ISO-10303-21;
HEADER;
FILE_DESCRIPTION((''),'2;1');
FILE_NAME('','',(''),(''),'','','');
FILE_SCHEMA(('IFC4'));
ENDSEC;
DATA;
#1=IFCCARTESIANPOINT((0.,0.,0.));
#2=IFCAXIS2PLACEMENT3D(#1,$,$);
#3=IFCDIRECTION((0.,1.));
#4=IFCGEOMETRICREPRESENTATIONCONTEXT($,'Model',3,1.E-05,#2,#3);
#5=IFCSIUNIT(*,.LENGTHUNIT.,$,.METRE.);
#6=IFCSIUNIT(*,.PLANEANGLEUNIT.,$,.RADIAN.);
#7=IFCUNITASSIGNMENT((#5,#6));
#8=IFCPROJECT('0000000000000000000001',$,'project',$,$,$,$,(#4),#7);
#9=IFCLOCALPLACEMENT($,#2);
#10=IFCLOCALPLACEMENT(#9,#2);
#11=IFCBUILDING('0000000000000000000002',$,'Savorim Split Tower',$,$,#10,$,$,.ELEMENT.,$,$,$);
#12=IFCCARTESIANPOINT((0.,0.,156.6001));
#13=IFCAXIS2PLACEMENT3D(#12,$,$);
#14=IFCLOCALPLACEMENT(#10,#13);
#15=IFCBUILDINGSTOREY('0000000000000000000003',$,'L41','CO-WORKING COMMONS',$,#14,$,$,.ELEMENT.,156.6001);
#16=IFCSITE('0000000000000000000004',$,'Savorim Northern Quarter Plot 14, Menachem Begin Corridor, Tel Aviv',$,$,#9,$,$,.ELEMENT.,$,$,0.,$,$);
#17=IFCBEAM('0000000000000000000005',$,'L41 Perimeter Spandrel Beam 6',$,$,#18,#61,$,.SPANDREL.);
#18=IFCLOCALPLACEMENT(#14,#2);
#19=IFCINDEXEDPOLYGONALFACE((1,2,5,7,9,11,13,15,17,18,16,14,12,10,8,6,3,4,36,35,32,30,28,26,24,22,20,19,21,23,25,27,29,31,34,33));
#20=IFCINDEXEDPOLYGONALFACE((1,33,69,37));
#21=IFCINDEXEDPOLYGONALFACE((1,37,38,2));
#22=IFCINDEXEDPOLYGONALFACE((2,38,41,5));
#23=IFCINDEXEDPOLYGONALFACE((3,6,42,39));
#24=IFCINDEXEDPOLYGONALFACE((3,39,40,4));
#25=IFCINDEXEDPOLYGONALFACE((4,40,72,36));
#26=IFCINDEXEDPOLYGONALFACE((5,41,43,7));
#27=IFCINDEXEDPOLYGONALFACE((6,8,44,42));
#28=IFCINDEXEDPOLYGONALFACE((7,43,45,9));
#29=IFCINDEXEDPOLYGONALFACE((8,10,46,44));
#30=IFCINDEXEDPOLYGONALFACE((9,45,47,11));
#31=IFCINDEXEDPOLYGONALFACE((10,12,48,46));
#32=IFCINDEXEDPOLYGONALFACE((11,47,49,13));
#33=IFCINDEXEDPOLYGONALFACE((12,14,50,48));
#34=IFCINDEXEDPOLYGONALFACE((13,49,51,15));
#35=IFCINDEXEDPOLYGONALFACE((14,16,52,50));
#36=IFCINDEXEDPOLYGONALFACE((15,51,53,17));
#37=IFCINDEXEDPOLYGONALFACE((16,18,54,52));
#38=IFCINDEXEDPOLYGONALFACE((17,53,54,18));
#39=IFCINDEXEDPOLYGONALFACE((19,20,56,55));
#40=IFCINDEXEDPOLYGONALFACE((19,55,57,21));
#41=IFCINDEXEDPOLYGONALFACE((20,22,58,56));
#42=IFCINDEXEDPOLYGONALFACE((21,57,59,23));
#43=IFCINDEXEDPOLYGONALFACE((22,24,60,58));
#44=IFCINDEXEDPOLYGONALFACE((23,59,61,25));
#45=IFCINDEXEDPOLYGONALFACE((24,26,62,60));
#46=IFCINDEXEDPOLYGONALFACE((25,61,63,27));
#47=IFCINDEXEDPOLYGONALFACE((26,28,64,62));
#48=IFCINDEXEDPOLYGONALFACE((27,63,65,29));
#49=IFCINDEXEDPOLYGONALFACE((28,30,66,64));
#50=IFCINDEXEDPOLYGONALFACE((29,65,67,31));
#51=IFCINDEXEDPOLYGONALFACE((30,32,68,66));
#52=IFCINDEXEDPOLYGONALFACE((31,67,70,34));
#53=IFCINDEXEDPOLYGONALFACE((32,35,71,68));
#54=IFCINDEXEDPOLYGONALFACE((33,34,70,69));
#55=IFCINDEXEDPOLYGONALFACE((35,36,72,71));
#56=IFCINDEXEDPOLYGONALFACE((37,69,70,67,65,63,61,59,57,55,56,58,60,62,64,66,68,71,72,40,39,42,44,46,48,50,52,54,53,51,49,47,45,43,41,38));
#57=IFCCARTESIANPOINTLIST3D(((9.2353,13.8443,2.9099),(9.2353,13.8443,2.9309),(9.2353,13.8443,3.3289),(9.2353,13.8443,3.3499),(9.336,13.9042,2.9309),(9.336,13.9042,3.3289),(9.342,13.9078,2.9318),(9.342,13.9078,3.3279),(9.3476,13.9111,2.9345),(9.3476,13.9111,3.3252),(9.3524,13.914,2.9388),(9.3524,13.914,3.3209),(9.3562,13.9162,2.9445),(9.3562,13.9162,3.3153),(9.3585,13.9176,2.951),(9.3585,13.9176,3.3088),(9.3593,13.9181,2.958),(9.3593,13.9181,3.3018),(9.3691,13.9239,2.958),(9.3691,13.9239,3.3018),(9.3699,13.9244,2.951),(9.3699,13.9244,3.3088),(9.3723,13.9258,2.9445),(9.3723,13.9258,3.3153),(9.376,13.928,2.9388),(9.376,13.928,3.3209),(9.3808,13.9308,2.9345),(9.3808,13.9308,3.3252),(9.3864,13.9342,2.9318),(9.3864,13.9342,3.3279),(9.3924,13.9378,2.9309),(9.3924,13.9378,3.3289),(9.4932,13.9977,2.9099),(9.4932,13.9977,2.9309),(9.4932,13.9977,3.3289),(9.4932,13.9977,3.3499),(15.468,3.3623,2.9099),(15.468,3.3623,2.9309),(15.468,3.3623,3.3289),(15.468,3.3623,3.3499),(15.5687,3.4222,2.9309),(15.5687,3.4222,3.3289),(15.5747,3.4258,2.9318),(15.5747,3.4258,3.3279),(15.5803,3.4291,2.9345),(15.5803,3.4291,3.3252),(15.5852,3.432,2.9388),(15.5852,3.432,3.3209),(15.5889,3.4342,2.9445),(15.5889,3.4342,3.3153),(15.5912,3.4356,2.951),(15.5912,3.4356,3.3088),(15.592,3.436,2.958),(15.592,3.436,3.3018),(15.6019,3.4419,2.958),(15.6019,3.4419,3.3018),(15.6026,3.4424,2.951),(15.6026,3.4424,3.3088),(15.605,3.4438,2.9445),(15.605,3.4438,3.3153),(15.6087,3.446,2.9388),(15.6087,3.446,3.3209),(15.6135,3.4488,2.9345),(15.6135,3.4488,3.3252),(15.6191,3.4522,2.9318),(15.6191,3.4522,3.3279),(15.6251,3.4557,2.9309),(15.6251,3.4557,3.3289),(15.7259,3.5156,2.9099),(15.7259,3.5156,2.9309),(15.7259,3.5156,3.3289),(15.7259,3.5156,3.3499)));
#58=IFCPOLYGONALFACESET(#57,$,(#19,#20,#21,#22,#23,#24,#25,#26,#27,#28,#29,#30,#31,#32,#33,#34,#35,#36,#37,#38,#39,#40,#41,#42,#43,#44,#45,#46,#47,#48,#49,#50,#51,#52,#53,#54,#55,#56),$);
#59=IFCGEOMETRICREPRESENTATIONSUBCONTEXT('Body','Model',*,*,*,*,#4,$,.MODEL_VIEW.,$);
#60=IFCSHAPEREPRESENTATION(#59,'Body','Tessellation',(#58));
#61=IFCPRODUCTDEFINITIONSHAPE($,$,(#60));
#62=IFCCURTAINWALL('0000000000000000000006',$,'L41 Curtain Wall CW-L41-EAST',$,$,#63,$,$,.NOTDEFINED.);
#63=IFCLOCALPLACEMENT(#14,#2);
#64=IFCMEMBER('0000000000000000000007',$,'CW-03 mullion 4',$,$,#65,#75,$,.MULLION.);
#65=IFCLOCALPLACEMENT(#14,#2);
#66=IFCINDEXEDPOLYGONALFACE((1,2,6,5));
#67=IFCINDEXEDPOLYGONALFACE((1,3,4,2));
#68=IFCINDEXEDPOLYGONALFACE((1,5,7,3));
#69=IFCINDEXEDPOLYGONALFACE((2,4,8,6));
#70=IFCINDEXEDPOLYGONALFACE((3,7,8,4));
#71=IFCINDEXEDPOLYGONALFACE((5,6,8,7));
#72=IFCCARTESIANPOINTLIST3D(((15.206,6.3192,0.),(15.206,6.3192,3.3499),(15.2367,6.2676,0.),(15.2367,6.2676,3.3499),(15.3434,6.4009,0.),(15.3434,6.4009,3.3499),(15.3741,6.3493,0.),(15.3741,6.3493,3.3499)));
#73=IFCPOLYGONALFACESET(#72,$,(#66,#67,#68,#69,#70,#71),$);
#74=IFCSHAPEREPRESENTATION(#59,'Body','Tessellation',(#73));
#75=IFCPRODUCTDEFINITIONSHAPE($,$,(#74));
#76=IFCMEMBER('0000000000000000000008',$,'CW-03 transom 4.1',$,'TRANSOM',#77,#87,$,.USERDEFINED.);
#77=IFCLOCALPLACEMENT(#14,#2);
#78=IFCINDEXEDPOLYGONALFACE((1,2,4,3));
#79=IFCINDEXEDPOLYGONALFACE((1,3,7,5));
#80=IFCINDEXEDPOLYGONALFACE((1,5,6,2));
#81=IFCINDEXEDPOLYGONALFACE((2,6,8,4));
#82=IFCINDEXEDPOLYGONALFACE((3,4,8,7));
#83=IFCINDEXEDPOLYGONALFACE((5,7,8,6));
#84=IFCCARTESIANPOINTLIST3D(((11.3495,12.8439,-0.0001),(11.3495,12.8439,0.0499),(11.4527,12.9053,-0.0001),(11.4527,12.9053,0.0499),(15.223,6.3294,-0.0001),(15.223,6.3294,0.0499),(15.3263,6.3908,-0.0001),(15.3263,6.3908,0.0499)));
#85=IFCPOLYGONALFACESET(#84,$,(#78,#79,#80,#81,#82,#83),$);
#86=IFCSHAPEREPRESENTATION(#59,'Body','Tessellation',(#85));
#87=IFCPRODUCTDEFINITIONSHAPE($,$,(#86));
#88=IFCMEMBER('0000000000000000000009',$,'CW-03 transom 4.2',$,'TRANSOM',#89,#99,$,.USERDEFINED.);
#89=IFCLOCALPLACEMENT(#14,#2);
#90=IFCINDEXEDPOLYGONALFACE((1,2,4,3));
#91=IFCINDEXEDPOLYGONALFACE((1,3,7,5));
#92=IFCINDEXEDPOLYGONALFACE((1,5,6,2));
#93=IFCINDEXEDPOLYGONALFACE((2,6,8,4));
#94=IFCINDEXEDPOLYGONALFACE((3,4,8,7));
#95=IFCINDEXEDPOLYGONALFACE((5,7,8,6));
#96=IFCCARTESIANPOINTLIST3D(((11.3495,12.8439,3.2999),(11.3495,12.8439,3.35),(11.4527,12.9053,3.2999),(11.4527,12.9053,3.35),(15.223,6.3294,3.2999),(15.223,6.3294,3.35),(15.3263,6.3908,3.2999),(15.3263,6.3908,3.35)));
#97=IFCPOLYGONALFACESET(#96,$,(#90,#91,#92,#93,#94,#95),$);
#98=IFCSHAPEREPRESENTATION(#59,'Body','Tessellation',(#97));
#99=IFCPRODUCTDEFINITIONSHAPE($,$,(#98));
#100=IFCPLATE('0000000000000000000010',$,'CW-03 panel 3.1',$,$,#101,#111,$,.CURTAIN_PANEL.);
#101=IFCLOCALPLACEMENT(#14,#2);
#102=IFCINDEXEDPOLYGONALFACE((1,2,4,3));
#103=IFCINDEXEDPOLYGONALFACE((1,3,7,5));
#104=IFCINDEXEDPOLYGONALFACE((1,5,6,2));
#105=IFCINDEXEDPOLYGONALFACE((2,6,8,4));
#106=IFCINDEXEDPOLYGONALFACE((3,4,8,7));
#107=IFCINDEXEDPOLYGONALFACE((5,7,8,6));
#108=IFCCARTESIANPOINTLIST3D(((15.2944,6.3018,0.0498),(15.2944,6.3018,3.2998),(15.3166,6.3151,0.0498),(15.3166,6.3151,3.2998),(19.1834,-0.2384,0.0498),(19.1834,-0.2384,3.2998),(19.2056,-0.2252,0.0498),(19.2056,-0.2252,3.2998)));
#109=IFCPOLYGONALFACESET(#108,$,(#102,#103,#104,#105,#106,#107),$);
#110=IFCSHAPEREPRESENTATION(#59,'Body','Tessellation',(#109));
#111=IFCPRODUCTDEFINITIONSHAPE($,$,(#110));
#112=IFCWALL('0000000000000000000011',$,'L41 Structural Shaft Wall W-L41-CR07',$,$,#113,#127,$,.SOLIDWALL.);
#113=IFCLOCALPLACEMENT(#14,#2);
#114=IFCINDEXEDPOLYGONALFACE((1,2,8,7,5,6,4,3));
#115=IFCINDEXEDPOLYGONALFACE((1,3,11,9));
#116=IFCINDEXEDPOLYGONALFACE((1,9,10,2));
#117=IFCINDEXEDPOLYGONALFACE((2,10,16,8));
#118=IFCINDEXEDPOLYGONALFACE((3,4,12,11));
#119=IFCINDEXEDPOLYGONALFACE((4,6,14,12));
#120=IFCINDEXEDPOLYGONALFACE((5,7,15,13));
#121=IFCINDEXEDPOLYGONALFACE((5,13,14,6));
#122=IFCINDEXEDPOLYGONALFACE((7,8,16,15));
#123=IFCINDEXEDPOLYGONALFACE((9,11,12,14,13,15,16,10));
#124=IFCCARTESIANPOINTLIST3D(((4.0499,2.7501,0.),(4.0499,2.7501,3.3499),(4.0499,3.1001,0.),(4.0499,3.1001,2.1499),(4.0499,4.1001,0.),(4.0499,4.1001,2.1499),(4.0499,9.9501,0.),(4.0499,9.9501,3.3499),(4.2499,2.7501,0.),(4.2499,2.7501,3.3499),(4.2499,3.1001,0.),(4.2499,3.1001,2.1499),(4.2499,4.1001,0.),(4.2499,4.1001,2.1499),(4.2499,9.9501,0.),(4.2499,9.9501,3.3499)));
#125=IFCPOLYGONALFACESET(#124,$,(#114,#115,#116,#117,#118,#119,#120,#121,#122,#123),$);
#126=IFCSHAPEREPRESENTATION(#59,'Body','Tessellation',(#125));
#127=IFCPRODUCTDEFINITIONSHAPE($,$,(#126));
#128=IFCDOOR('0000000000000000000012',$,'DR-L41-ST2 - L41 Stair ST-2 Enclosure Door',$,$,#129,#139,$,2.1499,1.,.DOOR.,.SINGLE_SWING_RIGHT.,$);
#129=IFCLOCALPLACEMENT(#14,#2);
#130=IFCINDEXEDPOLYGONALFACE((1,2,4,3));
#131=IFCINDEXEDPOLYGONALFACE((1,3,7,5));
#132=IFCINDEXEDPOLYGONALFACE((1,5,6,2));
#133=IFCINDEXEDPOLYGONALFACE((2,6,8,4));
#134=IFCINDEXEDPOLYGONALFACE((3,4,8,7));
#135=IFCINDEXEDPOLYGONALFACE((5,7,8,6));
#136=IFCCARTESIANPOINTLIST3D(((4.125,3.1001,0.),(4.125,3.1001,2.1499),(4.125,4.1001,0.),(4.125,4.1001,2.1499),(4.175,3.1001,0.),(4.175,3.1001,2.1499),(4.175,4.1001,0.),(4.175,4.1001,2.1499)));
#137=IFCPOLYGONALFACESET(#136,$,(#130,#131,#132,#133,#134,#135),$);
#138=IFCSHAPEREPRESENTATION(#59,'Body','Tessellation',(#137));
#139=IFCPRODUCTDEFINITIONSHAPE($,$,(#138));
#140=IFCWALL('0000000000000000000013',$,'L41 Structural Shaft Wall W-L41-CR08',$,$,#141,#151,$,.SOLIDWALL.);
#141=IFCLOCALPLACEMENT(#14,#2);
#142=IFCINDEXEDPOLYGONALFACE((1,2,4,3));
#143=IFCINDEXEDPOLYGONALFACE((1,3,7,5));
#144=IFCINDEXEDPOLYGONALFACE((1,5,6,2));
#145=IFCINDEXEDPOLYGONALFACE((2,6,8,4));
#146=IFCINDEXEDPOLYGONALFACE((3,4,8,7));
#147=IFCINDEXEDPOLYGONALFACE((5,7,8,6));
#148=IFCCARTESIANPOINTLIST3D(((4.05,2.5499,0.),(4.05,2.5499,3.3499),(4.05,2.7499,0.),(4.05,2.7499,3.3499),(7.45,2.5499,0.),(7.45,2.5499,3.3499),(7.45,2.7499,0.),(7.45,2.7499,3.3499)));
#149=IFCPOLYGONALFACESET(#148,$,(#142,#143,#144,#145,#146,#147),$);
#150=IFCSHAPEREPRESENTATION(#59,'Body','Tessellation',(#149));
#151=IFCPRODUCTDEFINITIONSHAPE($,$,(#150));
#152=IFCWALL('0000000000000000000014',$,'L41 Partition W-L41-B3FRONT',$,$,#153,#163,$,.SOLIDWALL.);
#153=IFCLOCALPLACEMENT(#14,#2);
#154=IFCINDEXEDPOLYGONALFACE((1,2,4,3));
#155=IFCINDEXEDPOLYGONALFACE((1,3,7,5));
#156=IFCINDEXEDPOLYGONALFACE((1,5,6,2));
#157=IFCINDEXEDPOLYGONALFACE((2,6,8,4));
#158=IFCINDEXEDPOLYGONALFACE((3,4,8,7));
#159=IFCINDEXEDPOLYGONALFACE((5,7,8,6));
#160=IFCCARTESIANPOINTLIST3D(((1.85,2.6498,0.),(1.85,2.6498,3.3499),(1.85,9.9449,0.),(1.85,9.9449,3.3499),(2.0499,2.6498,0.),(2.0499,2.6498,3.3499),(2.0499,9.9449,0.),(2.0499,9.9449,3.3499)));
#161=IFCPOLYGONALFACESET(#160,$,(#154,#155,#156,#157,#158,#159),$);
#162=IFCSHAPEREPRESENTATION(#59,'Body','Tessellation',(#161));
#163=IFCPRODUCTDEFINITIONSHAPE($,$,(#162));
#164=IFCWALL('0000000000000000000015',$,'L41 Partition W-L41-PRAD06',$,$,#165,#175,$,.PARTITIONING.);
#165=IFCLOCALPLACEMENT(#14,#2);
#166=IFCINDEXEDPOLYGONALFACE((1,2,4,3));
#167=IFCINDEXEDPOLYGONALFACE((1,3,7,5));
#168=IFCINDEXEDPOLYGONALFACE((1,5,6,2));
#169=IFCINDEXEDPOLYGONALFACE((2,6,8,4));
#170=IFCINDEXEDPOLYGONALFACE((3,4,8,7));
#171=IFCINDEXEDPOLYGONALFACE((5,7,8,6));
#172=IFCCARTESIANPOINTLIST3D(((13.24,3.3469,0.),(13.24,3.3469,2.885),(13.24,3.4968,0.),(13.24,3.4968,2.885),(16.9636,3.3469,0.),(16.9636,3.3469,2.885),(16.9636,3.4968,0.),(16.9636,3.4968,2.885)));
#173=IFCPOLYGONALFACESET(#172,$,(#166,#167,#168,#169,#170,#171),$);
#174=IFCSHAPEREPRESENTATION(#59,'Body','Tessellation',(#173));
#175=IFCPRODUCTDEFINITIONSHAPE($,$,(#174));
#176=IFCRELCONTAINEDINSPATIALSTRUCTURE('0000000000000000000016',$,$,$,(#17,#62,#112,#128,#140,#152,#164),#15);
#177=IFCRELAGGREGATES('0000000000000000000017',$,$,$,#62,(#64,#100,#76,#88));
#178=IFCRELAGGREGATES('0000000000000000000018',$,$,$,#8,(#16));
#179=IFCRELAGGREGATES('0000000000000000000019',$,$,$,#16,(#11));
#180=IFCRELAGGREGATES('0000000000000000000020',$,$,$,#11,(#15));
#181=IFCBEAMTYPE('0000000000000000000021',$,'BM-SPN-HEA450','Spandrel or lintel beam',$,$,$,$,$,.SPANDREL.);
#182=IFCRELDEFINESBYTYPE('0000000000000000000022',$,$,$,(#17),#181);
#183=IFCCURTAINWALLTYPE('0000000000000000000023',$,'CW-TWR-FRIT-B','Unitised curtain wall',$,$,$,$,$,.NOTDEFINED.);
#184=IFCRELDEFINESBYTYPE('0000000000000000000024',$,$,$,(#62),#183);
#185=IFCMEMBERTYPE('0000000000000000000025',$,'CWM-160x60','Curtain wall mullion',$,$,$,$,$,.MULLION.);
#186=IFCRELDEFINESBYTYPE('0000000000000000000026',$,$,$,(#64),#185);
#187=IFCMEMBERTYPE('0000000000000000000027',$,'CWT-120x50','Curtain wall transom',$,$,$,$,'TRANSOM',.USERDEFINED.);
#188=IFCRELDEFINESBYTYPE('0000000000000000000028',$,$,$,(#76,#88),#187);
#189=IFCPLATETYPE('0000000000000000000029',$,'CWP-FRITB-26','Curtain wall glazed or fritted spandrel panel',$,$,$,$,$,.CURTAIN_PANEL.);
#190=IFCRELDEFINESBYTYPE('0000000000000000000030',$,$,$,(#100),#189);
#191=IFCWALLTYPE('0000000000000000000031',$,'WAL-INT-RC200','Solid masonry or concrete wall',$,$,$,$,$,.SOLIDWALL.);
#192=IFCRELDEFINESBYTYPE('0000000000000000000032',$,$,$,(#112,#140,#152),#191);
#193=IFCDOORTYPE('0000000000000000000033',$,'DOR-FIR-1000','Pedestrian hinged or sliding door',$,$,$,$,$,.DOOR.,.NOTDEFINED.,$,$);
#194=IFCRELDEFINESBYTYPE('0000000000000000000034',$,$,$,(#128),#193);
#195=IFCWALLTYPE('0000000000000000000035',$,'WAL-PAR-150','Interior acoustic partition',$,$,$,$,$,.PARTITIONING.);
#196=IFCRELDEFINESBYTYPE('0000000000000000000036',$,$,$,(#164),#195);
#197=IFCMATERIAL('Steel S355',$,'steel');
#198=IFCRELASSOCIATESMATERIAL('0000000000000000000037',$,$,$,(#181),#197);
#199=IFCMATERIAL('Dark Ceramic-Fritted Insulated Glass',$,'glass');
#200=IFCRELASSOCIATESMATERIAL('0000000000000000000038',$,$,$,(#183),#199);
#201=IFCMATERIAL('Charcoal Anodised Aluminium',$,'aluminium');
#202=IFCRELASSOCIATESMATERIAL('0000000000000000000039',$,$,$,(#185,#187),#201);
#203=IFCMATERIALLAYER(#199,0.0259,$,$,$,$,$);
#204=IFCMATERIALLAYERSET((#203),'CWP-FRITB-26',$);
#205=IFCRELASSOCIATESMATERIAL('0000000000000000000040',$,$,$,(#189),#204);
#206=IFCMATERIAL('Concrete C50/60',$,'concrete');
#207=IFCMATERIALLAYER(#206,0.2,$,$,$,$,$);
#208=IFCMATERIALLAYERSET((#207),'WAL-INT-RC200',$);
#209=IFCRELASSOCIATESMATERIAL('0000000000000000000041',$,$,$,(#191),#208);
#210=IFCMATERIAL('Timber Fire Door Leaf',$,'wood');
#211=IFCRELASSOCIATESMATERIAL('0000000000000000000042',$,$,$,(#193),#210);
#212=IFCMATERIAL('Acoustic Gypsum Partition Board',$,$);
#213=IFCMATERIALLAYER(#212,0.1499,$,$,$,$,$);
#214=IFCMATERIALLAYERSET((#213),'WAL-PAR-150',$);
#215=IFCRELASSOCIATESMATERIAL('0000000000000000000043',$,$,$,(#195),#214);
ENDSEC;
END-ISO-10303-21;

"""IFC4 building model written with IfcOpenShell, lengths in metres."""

from ifc_helpers import new_model, si_unit, direction, frame, frame_2d, origin, origin_2d, place, context, subcontext, project, spatial, rectangle, i_section, extrude, material, layer, layer_set, material_profile, profile_set, type_object, element, fill, aggregate, save


model = new_model("IFC4")

# Units and contexts
model_context = context("Model", 3, precision=1e-05, world=origin(), true_north=direction((0.0, 1.0)))
body_context = subcontext(model_context, "Body", "Model", "MODEL_VIEW")
ifc_project = project(units=[si_unit("LENGTHUNIT", "METRE"), si_unit("PLANEANGLEUNIT", "RADIAN")], contexts=[model_context])

# Site, building, storey
site_placement = place(None, origin())
site = spatial("IfcSite", under=ifc_project, at=site_placement, Name="Savorim Northern Quarter Plot 14, Menachem Begin Corridor, Tel Aviv", CompositionType="ELEMENT", RefElevation=0.0)
building_placement = place(site_placement, origin())
building = spatial("IfcBuilding", under=site, at=building_placement, Name="Savorim Split Tower", CompositionType="ELEMENT")
storey_placement = place(building_placement, frame((0.0, 0.0, 156.6001)))
storey = spatial("IfcBuildingStorey", under=building, at=storey_placement, Name="L41", Description="CO-WORKING COMMONS", CompositionType="ELEMENT", Elevation=156.6001)

# Beam
ifc_material_1 = material(Name="Steel S355", Category="steel")
ifc_material_profile_1 = material_profile(ifc_material_1, i_section(OverallWidth=0.3, OverallDepth=0.4399, WebThickness=0.0115, FlangeThickness=0.021, FilletRadius=0.0271, at=origin_2d()), Name="HEA 450")
ifc_profile_set_1 = profile_set([ifc_material_profile_1], Name="Steel S355")
beam_type_1 = type_object("IfcBeamType", Name="BM-SPN-HEA450", Description="Spandrel or lintel beam", PredefinedType="SPANDREL", material=ifc_profile_set_1)
beam_1_placement = place(storey_placement, frame((15.5969, 3.439, 3.1299), z_axis=(-0.511085, 0.85953, 0.0), x_axis=(-0.85953, -0.511085, 0.0)))
element("IfcBeam", 1, at=beam_1_placement, inside=storey, type_object=beam_type_1, Name="L41 Perimeter Spandrel Beam 6", PredefinedType="SPANDREL", context=body_context, shape_type="SweptSolid", body=[
    extrude(i_section(OverallWidth=0.3, OverallDepth=0.4399, WebThickness=0.0115, FlangeThickness=0.021, FilletRadius=0.0271, at=origin_2d()), origin(), (0.0, 0.0, 1.0), 12.1951),
])

# Curtain wall, members, plate
ifc_material_2 = material(Name="Dark Ceramic-Fritted Insulated Glass", Category="glass")
curtain_wall_type = type_object("IfcCurtainWallType", Name="CW-TWR-FRIT-B", Description="Unitised curtain wall", PredefinedType="NOTDEFINED", material=ifc_material_2)
curtain_wall_placement = place(storey_placement, origin())
curtain_wall = element("IfcCurtainWall", 2, at=curtain_wall_placement, inside=storey, type_object=curtain_wall_type, Name="L41 Curtain Wall CW-L41-EAST", PredefinedType="NOTDEFINED")
ifc_material_3 = material(Name="Charcoal Anodised Aluminium", Category="aluminium")
ifc_material_profile_2 = material_profile(ifc_material_3, rectangle(XDim=0.1599, YDim=0.0601, at=origin_2d()), Name="ALU-M 160x60")
ifc_profile_set_2 = profile_set([ifc_material_profile_2], Name="Charcoal Anodised Aluminium")
member_type_1 = type_object("IfcMemberType", Name="CWM-160x60", Description="Curtain wall mullion", PredefinedType="MULLION", material=ifc_profile_set_2)
member_1_placement = place(storey_placement, frame((15.29, 6.3342, 0.0), z_axis=(0.0, 0.0, 1.0), x_axis=(-0.859526, -0.511091, 0.0)))
member_1 = element("IfcMember", 3, at=member_1_placement, type_object=member_type_1, Name="CW-03 mullion 4", PredefinedType="MULLION", context=body_context, shape_type="SweptSolid", body=[
    extrude(rectangle(XDim=0.1599, YDim=0.0601, at=origin_2d()), origin(), (0.0, 0.0, 1.0), 3.3499),
])
ifc_material_profile_3 = material_profile(ifc_material_3, rectangle(XDim=0.1201, YDim=0.05, at=origin_2d()), Name="ALU-T 120x50")
ifc_profile_set_3 = profile_set([ifc_material_profile_3], Name="Charcoal Anodised Aluminium")
member_type_2 = type_object("IfcMemberType", Name="CWT-120x50", Description="Curtain wall transom", ElementType="TRANSOM", PredefinedType="USERDEFINED", material=ifc_profile_set_3)
member_2_placement = place(storey_placement, frame((15.2747, 6.3601, 0.0249), z_axis=(-0.511086, 0.85953, 0.0), x_axis=(-0.85953, -0.511086, 0.0)))
member_2 = element("IfcMember", 4, at=member_2_placement, type_object=member_type_2, Name="CW-03 transom 4.1", ObjectType="TRANSOM", PredefinedType="USERDEFINED", context=body_context, shape_type="SweptSolid", body=[
    extrude(rectangle(XDim=0.1201, YDim=0.05, at=origin_2d()), origin(), (0.0, 0.0, 1.0), 7.5791),
])
member_3_placement = place(storey_placement, frame((15.2747, 6.3601, 3.325), z_axis=(-0.511086, 0.85953, 0.0), x_axis=(-0.85953, -0.511086, 0.0)))
member_3 = element("IfcMember", 5, at=member_3_placement, type_object=member_type_2, Name="CW-03 transom 4.2", ObjectType="TRANSOM", PredefinedType="USERDEFINED", context=body_context, shape_type="SweptSolid", body=[
    extrude(rectangle(XDim=0.1201, YDim=0.05, at=origin_2d()), origin(), (0.0, 0.0, 1.0), 7.5791),
])
ifc_layer_1 = layer(ifc_material_2, 0.0259)
ifc_layer_set_1 = layer_set([ifc_layer_1], Name="CWP-FRITB-26")
plate_type = type_object("IfcPlateType", Name="CWP-FRITB-26", Description="Curtain wall glazed or fritted spandrel panel", PredefinedType="CURTAIN_PANEL", material=ifc_layer_set_1)
plate_placement = place(storey_placement, frame((17.25, 3.0383, 0.0498), z_axis=(0.0, 0.0, 1.0), x_axis=(-0.511091, 0.859526, 0.0)))
plate = element("IfcPlate", 6, at=plate_placement, type_object=plate_type, Name="CW-03 panel 3.1", PredefinedType="CURTAIN_PANEL", context=body_context, shape_type="SweptSolid", body=[
    extrude(rectangle(XDim=7.6091, YDim=0.0259, at=origin_2d()), origin(), (0.0, 0.0, 1.0), 3.25),
])
aggregate(curtain_wall, [member_1, plate, member_2, member_3])

# Wall, opening, door
ifc_material_4 = material(Name="Concrete C50/60", Category="concrete")
ifc_layer_2 = layer(ifc_material_4, 0.2)
ifc_layer_set_2 = layer_set([ifc_layer_2], Name="WAL-INT-RC200")
wall_type_1 = type_object("IfcWallType", Name="WAL-INT-RC200", Description="Solid masonry or concrete wall", PredefinedType="SOLIDWALL", material=ifc_layer_set_2)
wall_1_placement = place(storey_placement, frame((4.1499, 2.75, 0.0), z_axis=(0.0, 0.0, 1.0), x_axis=(0.0, 1.0, 0.0)))
wall_1 = element("IfcWall", 7, at=wall_1_placement, inside=storey, type_object=wall_type_1, Name="L41 Structural Shaft Wall W-L41-CR07", PredefinedType="SOLIDWALL", context=body_context, shape_type="SweptSolid", body=[
    extrude(rectangle(XDim=7.2, YDim=0.2, at=frame_2d((3.6001, 0.0))), origin(), (0.0, 0.0, 1.0), 3.3499),
])
opening_placement = place(wall_1_placement, frame((0.3501, 0.0, 0.0)))
opening = element("IfcOpeningElement", 8, at=opening_placement, cuts=wall_1, PredefinedType="OPENING", context=body_context, shape_type="SweptSolid", body=[
    extrude(rectangle(XDim=1.0, YDim=2.1499, at=frame_2d((0.5, 1.075))), frame((0.0, 0.1099, 0.0), z_axis=(0.0, -1.0, 0.0), x_axis=(1.0, 0.0, 0.0)), (0.0, 0.0, 1.0), 0.22),
])
ifc_material_5 = material(Name="Timber Fire Door Leaf", Category="wood")
door_type = type_object("IfcDoorType", Name="DOR-FIR-1000", Description="Pedestrian hinged or sliding door", OperationType="NOTDEFINED", PredefinedType="DOOR", material=ifc_material_5)
door_placement = place(opening_placement, origin())
door = element("IfcDoor", 9, at=door_placement, inside=storey, type_object=door_type, Name="DR-L41-ST2 - L41 Stair ST-2 Enclosure Door", OperationType="SINGLE_SWING_RIGHT", OverallHeight=2.1499, OverallWidth=1.0, PredefinedType="DOOR", context=body_context, shape_type="SweptSolid", body=[
    extrude(rectangle(XDim=1.0, YDim=2.1499, at=frame_2d((0.5, 1.075))), frame((0.0, 0.0249, 0.0), z_axis=(0.0, -1.0, 0.0), x_axis=(1.0, 0.0, 0.0)), (0.0, 0.0, 1.0), 0.05),
])
fill(opening, door)

# Walls
wall_2_placement = place(storey_placement, frame((4.05, 2.6499, 0.0), z_axis=(0.0, 0.0, 1.0), x_axis=(1.0, 0.0, 0.0)))
element("IfcWall", 10, at=wall_2_placement, inside=storey, type_object=wall_type_1, Name="L41 Structural Shaft Wall W-L41-CR08", PredefinedType="SOLIDWALL", context=body_context, shape_type="SweptSolid", body=[
    extrude(rectangle(XDim=3.3999, YDim=0.2, at=frame_2d((1.7, 0.0))), origin(), (0.0, 0.0, 1.0), 3.3499),
])
wall_3_placement = place(storey_placement, frame((1.95, 2.6499, 0.0), z_axis=(0.0, 0.0, 1.0), x_axis=(0.0, 1.0, 0.0)))
element("IfcWall", 11, at=wall_3_placement, inside=storey, type_object=wall_type_1, Name="L41 Partition W-L41-B3FRONT", PredefinedType="SOLIDWALL", context=body_context, shape_type="SweptSolid", body=[
    extrude(rectangle(XDim=7.2952, YDim=0.2, at=frame_2d((3.6475, 0.0))), origin(), (0.0, 0.0, 1.0), 3.3499),
])
ifc_material_6 = material(Name="Acoustic Gypsum Partition Board")
ifc_layer_3 = layer(ifc_material_6, 0.1499)
ifc_layer_set_3 = layer_set([ifc_layer_3], Name="WAL-PAR-150")
wall_type_2 = type_object("IfcWallType", Name="WAL-PAR-150", Description="Interior acoustic partition", PredefinedType="PARTITIONING", material=ifc_layer_set_3)
wall_4_placement = place(storey_placement, frame((13.24, 3.4219, 0.0), z_axis=(0.0, 0.0, 1.0), x_axis=(1.0, 0.0, 0.0)))
element("IfcWall", 12, at=wall_4_placement, inside=storey, type_object=wall_type_2, Name="L41 Partition W-L41-PRAD06", PredefinedType="PARTITIONING", context=body_context, shape_type="SweptSolid", body=[
    extrude(rectangle(XDim=3.7236, YDim=0.1499, at=frame_2d((1.8618, 0.0))), origin(), (0.0, 0.0, 1.0), 2.885),
])

save(model, "model.ifc")
